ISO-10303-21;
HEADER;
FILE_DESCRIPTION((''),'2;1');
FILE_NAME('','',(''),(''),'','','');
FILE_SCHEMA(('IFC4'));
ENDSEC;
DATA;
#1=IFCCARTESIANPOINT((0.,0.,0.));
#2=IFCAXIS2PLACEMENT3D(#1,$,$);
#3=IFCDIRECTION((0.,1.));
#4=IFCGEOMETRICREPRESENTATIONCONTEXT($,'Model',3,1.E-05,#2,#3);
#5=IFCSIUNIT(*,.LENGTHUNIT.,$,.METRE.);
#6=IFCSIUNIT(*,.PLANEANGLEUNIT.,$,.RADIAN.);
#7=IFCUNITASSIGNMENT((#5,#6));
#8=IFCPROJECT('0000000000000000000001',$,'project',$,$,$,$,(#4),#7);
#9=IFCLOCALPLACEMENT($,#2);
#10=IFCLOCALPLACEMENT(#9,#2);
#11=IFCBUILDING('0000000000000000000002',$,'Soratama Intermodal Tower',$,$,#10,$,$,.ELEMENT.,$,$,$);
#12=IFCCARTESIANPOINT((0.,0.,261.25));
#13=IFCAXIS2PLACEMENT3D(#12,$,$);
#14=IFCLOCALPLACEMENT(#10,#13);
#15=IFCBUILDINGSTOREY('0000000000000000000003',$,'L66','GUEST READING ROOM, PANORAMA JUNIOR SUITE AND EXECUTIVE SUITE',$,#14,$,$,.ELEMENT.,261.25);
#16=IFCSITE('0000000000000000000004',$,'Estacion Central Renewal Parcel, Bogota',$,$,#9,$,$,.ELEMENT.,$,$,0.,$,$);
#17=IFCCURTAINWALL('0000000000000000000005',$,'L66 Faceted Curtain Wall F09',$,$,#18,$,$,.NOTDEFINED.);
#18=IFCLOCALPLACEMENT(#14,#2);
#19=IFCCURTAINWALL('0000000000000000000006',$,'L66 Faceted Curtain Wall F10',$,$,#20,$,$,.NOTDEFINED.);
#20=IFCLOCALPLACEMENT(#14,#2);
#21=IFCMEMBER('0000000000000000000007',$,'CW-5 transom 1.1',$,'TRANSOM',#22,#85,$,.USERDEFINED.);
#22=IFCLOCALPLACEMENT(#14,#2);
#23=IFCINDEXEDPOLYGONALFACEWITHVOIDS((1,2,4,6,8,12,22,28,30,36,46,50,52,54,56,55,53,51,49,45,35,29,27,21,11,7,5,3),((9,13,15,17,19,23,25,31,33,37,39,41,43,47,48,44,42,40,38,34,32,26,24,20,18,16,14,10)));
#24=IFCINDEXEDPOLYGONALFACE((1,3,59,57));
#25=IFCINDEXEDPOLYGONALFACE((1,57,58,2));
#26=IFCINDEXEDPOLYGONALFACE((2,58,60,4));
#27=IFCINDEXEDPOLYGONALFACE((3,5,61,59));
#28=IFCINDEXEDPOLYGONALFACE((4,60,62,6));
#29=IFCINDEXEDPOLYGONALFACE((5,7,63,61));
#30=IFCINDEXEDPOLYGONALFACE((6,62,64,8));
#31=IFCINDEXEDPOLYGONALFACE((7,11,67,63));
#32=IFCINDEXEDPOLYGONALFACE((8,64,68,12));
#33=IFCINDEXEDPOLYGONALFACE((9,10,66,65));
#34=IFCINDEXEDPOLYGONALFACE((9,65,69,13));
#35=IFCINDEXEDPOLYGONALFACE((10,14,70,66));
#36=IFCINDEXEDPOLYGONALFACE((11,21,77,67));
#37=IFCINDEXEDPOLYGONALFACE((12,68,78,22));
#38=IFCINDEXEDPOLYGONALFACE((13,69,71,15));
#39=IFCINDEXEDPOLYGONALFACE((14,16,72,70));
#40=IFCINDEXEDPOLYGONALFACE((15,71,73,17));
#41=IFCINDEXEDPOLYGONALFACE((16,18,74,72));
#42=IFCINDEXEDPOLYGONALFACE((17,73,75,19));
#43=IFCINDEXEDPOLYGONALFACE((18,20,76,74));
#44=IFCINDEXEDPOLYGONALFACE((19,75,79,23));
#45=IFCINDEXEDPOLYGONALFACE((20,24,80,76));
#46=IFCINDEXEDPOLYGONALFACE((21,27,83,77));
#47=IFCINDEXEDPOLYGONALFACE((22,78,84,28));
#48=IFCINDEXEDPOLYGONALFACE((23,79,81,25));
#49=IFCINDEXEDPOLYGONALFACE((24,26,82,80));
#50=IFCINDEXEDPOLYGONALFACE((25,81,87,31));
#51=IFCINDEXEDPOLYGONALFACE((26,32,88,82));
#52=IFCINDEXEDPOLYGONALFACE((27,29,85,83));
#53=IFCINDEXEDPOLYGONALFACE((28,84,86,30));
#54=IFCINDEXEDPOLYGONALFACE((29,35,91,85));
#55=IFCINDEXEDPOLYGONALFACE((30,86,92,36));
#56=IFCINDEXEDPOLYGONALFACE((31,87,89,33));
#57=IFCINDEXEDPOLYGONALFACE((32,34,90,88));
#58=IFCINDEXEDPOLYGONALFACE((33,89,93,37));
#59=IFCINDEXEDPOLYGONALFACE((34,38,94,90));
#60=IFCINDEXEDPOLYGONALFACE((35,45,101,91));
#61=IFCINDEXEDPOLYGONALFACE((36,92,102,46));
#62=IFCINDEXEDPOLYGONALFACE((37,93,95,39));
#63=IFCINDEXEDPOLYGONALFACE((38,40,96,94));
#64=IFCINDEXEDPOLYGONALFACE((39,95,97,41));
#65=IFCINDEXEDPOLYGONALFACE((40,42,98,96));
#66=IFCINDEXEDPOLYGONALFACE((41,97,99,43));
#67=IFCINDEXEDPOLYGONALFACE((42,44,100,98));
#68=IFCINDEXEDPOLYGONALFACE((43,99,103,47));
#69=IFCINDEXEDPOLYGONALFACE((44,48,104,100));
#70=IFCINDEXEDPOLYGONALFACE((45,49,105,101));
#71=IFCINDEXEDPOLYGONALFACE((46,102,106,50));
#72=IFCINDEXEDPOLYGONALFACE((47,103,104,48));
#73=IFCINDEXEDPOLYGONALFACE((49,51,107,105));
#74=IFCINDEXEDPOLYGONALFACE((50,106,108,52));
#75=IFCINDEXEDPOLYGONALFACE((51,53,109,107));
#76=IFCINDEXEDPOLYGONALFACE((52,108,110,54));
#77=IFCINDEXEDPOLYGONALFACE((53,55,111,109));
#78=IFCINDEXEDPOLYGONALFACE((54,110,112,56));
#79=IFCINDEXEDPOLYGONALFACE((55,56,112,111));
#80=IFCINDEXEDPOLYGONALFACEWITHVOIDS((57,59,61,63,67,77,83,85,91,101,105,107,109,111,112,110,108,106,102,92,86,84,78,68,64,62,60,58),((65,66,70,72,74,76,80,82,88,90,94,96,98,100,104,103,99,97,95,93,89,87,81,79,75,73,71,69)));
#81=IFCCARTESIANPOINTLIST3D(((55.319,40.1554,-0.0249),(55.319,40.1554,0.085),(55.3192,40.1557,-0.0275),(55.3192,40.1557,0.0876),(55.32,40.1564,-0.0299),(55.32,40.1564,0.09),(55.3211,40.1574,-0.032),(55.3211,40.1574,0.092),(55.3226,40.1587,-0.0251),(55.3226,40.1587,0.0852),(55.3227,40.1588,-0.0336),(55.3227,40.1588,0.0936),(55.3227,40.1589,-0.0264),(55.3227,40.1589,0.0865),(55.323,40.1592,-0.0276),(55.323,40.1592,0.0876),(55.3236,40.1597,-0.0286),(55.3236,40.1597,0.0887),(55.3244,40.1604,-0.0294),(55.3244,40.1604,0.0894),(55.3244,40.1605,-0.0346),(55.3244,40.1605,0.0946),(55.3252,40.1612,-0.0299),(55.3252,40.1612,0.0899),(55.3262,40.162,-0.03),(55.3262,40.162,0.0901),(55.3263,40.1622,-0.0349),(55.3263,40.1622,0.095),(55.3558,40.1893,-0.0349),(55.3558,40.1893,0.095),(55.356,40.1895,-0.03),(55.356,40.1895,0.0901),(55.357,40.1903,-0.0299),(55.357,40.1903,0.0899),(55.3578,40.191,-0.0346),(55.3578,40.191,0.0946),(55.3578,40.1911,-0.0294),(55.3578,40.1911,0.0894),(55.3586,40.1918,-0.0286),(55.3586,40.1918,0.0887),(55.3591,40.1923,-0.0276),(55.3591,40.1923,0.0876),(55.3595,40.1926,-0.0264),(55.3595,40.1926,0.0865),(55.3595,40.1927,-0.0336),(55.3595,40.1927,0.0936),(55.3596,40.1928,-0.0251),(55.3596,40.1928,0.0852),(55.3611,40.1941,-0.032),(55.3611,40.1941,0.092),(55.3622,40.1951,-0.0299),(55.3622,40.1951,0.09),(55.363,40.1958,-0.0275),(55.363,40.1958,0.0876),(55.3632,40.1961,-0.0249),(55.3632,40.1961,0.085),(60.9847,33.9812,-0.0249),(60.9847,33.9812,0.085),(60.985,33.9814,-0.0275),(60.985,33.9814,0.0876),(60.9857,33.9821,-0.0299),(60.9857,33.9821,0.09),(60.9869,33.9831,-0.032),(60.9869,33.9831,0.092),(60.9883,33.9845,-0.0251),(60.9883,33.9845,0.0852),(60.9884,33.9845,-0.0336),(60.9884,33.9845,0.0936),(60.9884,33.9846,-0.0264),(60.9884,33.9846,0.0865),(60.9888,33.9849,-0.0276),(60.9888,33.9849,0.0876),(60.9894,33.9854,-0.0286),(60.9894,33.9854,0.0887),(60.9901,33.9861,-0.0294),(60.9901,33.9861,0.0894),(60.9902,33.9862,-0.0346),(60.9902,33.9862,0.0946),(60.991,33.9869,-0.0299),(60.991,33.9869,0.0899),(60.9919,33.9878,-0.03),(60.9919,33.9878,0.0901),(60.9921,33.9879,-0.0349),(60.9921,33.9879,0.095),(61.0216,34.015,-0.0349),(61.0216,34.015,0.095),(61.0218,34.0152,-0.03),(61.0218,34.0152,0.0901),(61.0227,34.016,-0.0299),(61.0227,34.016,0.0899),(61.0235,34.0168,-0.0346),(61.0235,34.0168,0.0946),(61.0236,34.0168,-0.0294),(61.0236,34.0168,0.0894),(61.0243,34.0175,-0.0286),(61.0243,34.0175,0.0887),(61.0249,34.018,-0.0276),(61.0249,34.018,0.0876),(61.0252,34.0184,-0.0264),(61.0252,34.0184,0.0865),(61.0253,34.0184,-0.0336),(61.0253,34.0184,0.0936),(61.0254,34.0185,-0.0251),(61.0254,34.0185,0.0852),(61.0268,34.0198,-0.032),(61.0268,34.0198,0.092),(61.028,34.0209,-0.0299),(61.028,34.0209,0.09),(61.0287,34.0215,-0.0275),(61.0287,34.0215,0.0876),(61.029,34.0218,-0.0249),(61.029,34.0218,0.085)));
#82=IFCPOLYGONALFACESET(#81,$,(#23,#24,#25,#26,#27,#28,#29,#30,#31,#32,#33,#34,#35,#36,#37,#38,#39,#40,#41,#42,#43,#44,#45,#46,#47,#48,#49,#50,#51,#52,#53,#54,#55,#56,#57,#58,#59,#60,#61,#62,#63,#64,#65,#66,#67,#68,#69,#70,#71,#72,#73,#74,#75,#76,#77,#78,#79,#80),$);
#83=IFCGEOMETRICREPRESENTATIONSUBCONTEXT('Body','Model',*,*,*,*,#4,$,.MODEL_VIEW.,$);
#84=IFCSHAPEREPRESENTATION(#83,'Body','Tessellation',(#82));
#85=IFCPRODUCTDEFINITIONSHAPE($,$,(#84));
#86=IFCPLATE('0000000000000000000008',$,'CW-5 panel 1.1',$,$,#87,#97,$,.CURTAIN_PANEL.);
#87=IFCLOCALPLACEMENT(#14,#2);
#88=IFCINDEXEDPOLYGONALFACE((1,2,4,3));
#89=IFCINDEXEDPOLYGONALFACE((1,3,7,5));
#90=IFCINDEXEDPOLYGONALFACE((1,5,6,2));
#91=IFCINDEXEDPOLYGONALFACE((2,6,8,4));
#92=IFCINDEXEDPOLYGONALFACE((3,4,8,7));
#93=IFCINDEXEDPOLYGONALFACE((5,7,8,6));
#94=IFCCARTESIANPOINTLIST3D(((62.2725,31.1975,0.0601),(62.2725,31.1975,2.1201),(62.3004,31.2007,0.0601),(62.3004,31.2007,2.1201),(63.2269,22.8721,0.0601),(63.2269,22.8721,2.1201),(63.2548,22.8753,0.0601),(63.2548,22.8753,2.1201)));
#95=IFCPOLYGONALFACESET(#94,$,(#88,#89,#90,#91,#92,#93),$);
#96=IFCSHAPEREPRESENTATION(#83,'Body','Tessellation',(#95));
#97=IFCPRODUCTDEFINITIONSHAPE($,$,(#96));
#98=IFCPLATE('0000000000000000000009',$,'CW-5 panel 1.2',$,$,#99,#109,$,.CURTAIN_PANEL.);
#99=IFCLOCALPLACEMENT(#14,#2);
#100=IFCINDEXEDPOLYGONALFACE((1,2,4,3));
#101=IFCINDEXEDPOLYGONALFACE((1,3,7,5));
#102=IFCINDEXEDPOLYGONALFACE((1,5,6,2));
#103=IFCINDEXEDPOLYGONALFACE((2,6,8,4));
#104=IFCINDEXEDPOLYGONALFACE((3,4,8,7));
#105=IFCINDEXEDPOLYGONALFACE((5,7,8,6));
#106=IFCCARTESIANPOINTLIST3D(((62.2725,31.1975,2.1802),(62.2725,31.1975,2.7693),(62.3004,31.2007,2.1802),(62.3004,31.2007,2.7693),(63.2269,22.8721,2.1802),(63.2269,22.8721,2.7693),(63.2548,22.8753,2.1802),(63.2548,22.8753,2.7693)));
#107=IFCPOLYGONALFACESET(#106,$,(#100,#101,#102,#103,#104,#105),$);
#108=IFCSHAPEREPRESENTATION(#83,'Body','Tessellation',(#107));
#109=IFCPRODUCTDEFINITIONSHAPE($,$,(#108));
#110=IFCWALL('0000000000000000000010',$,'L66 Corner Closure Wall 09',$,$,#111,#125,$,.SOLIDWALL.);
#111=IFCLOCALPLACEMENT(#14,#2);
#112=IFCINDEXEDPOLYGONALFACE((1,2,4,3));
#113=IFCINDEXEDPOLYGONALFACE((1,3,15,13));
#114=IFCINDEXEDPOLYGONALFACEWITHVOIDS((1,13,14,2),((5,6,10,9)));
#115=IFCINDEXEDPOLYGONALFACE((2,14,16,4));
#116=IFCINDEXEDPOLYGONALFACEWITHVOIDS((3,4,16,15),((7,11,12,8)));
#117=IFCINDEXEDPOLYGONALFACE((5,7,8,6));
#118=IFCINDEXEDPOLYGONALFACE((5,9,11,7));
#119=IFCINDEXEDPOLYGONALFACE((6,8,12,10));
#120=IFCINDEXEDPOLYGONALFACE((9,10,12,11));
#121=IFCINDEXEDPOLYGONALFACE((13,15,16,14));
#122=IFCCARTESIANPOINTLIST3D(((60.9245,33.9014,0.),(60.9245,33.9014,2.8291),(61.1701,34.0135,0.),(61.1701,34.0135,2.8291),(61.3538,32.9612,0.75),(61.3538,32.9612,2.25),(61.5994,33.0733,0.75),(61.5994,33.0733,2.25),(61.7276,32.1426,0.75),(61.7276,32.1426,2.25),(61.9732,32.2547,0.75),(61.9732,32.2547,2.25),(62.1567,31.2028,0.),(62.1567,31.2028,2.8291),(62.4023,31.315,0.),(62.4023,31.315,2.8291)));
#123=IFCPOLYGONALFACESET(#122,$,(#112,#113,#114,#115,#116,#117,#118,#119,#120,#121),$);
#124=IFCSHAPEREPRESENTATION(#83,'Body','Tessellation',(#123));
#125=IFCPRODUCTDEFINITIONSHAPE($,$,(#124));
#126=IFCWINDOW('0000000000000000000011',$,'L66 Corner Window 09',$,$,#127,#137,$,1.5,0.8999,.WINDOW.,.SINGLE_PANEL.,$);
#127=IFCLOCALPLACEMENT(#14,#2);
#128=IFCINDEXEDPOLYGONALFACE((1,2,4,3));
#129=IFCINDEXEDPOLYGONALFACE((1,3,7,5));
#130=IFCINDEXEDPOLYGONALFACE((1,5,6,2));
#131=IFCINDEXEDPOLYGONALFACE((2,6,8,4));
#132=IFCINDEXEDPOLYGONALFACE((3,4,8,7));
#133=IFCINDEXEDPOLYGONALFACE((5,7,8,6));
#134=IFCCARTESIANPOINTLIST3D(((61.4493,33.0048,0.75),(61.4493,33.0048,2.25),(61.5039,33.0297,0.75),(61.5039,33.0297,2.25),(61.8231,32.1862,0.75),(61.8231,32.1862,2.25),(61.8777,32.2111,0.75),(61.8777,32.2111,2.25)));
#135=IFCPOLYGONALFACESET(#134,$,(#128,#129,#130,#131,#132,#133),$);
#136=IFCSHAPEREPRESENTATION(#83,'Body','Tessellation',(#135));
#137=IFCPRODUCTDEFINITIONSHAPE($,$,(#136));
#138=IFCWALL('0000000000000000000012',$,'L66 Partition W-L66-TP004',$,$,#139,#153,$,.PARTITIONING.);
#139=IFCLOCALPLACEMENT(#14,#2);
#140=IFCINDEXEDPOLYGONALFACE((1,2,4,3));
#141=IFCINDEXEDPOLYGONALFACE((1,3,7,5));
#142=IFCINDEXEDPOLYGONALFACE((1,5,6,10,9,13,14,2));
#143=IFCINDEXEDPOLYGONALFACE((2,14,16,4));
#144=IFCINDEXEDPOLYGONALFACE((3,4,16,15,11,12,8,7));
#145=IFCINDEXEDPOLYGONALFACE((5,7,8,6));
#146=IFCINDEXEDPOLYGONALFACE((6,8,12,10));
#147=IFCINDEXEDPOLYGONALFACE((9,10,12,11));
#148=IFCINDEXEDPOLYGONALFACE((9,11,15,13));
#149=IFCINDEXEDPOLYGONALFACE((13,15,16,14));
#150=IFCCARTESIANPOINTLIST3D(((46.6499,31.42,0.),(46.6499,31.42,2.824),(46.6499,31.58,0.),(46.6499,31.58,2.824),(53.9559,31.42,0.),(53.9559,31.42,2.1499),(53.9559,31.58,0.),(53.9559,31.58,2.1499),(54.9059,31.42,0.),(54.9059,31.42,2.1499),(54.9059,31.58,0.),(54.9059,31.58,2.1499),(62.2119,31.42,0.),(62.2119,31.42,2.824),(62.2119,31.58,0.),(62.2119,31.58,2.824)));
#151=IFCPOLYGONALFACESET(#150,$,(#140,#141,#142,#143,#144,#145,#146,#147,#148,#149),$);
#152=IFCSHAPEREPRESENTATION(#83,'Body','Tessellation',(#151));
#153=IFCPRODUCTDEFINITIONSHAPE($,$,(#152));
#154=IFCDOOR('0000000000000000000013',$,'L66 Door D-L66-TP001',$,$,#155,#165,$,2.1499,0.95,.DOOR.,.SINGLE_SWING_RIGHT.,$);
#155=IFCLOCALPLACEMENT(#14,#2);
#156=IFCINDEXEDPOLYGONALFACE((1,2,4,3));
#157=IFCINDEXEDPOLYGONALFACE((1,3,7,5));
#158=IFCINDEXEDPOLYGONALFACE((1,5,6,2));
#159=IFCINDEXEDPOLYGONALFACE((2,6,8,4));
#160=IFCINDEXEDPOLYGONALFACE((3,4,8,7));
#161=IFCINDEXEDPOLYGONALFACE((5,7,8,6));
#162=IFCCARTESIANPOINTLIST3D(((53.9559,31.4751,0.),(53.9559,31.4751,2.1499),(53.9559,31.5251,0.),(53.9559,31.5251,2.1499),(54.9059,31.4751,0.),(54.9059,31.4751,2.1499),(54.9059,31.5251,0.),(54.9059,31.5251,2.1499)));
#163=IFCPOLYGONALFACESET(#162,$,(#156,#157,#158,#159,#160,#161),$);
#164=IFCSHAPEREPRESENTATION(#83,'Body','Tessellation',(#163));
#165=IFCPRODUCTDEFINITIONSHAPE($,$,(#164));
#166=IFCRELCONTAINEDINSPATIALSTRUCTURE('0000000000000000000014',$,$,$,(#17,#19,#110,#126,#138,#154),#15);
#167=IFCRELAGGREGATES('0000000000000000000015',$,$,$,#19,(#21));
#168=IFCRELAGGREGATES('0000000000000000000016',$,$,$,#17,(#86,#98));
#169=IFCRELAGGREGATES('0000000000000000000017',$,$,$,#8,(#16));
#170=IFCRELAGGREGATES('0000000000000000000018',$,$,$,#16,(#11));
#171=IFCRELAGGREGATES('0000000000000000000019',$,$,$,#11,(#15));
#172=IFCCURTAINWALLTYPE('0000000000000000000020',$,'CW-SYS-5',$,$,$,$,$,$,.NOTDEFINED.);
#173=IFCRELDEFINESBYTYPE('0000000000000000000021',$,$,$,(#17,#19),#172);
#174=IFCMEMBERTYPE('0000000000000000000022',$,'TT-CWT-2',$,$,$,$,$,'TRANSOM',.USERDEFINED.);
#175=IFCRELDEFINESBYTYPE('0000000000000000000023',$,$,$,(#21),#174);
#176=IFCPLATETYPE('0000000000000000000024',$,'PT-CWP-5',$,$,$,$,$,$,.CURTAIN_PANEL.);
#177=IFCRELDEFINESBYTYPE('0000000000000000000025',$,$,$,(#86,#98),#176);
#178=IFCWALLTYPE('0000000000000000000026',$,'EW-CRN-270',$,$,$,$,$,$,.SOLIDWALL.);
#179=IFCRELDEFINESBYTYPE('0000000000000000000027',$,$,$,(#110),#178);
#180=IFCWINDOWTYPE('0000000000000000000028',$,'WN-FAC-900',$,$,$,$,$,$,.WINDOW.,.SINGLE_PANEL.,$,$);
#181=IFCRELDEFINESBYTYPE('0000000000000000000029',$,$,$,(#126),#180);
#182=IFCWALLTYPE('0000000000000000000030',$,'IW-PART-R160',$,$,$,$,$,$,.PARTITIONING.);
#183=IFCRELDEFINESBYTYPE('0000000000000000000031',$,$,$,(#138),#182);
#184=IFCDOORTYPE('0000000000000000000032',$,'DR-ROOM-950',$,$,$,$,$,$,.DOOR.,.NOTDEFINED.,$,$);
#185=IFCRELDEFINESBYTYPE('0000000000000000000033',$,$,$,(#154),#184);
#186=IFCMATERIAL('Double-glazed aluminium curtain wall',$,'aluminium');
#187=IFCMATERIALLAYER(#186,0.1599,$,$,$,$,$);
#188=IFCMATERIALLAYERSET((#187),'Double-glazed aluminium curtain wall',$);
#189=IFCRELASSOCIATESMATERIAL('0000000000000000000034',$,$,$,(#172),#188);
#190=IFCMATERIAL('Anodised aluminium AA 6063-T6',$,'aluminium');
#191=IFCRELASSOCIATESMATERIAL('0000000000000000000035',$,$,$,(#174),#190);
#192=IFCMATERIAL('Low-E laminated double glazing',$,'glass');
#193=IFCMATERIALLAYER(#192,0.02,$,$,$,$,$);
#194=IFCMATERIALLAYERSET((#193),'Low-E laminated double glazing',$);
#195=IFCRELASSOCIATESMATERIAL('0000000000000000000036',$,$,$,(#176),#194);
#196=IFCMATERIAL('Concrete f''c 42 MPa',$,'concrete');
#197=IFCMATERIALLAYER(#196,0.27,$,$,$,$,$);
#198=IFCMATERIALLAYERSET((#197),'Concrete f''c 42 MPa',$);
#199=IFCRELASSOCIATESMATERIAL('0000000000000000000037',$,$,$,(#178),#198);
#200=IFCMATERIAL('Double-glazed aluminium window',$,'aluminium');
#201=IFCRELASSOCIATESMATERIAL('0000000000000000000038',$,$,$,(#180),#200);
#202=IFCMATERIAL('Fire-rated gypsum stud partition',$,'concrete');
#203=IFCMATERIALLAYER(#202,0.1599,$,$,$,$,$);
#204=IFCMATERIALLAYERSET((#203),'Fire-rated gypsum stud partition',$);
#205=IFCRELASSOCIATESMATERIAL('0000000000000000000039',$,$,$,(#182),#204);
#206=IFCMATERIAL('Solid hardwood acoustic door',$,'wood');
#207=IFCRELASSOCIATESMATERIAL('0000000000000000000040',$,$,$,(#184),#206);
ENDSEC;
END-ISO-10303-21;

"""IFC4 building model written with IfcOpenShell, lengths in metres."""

from ifc_helpers import new_model, si_unit, direction, frame, frame_2d, origin, origin_2d, place, context, subcontext, project, spatial, rectangle, hollow_rectangle, extrude, material, layer, layer_set, material_profile, profile_set, type_object, element, fill, aggregate, save


model = new_model("IFC4")

# Units and contexts
model_context = context("Model", 3, precision=1e-05, world=origin(), true_north=direction((0.0, 1.0)))
body_context = subcontext(model_context, "Body", "Model", "MODEL_VIEW")
ifc_project = project(units=[si_unit("LENGTHUNIT", "METRE"), si_unit("PLANEANGLEUNIT", "RADIAN")], contexts=[model_context])

# Site, building, storey
site_placement = place(None, origin())
site = spatial("IfcSite", under=ifc_project, at=site_placement, Name="Estacion Central Renewal Parcel, Bogota", CompositionType="ELEMENT", RefElevation=0.0)
building_placement = place(site_placement, origin())
building = spatial("IfcBuilding", under=site, at=building_placement, Name="Soratama Intermodal Tower", CompositionType="ELEMENT")
storey_placement = place(building_placement, frame((0.0, 0.0, 261.25)))
storey = spatial("IfcBuildingStorey", under=building, at=storey_placement, Name="L66", Description="GUEST READING ROOM, PANORAMA JUNIOR SUITE AND EXECUTIVE SUITE", CompositionType="ELEMENT", Elevation=261.25)

# Curtain wall
ifc_material_1 = material(Name="Double-glazed aluminium curtain wall", Category="aluminium")
ifc_layer_1 = layer(ifc_material_1, 0.1599)
ifc_layer_set_1 = layer_set([ifc_layer_1], Name="Double-glazed aluminium curtain wall")
curtain_wall_type = type_object("IfcCurtainWallType", Name="CW-SYS-5", PredefinedType="NOTDEFINED", material=ifc_layer_set_1)
curtain_wall_1_placement = place(storey_placement, origin())
curtain_wall_1 = element("IfcCurtainWall", 1, at=curtain_wall_1_placement, inside=storey, type_object=curtain_wall_type, Name="L66 Faceted Curtain Wall F09", PredefinedType="NOTDEFINED")

# Curtain wall, member
curtain_wall_2_placement = place(storey_placement, origin())
curtain_wall_2 = element("IfcCurtainWall", 2, at=curtain_wall_2_placement, inside=storey, type_object=curtain_wall_type, Name="L66 Faceted Curtain Wall F10", PredefinedType="NOTDEFINED")
ifc_material_2 = material(Name="Anodised aluminium AA 6063-T6", Category="aluminium")
ifc_material_profile_1 = material_profile(ifc_material_2, hollow_rectangle(XDim=0.0601, YDim=0.1299, WallThickness=0.0049, InnerFilletRadius=0.0049, OuterFilletRadius=0.01, at=origin_2d()), Name="CWT130X60X5")
ifc_profile_set_1 = profile_set([ifc_material_profile_1], Name="Anodised aluminium AA 6063-T6")
member_type_1 = type_object("IfcMemberType", Name="TT-CWT-2", ElementType="TRANSOM", PredefinedType="USERDEFINED", material=ifc_profile_set_1)
member_1_placement = place(storey_placement, frame((61.0068, 34.0015, 0.03), z_axis=(-0.676112, 0.736798, 0.0), x_axis=(-0.736798, -0.676112, 0.0)))
member_1 = element("IfcMember", 3, at=member_1_placement, type_object=member_type_1, Name="CW-5 transom 1.1", ObjectType="TRANSOM", PredefinedType="USERDEFINED", context=body_context, shape_type="SweptSolid", body=[
    extrude(hollow_rectangle(XDim=0.0601, YDim=0.1299, WallThickness=0.0049, InnerFilletRadius=0.0049, OuterFilletRadius=0.01, at=origin_2d()), origin(), (0.0, 0.0, 1.0), 8.3799),
])
aggregate(curtain_wall_2, [member_1])

# Plates
ifc_material_3 = material(Name="Low-E laminated double glazing", Category="glass")
ifc_layer_2 = layer(ifc_material_3, 0.02)
ifc_layer_set_2 = layer_set([ifc_layer_2], Name="Low-E laminated double glazing")
plate_type = type_object("IfcPlateType", Name="PT-CWP-5", PredefinedType="CURTAIN_PANEL", material=ifc_layer_set_2)
plate_1_placement = place(storey_placement, frame((62.7637, 27.0364, 0.0601), z_axis=(0.0, 0.0, 1.0), x_axis=(-0.113897, 0.993493, 0.0)))
plate_1 = element("IfcPlate", 4, at=plate_1_placement, type_object=plate_type, Name="CW-5 panel 1.1", PredefinedType="CURTAIN_PANEL", context=body_context, shape_type="SweptSolid", body=[
    extrude(rectangle(XDim=8.3799, YDim=0.0281, at=origin_2d()), origin(), (0.0, 0.0, 1.0), 2.0601),
])
plate_2_placement = place(storey_placement, frame((62.7637, 27.0364, 2.1802), z_axis=(0.0, 0.0, 1.0), x_axis=(-0.113897, 0.993493, 0.0)))
plate_2 = element("IfcPlate", 5, at=plate_2_placement, type_object=plate_type, Name="CW-5 panel 1.2", PredefinedType="CURTAIN_PANEL", context=body_context, shape_type="SweptSolid", body=[
    extrude(rectangle(XDim=8.3799, YDim=0.0281, at=origin_2d()), origin(), (0.0, 0.0, 1.0), 0.5891),
])
aggregate(curtain_wall_1, [plate_1, plate_2])

# Wall, opening, window
ifc_material_4 = material(Name="Concrete f'c 42 MPa", Category="concrete")
ifc_layer_3 = layer(ifc_material_4, 0.27)
ifc_layer_set_3 = layer_set([ifc_layer_3], Name="Concrete f'c 42 MPa")
wall_type_1 = type_object("IfcWallType", Name="EW-CRN-270", PredefinedType="SOLIDWALL", material=ifc_layer_set_3)
wall_1_placement = place(storey_placement, frame((62.2795, 31.2588, 0.0), z_axis=(0.0, 0.0, 1.0), x_axis=(-0.415365, 0.909655, 0.0)))
wall_1 = element("IfcWall", 6, at=wall_1_placement, inside=storey, type_object=wall_type_1, Name="L66 Corner Closure Wall 09", PredefinedType="SOLIDWALL", context=body_context, shape_type="SweptSolid", body=[
    extrude(rectangle(XDim=2.9666, YDim=0.27, at=frame_2d((1.4834, 0.0))), origin(), (0.0, 0.0, 1.0), 2.8291),
])
opening_1_placement = place(wall_1_placement, frame((1.0332, 0.0, 0.75)))
opening_1 = element("IfcOpeningElement", 7, at=opening_1_placement, cuts=wall_1, PredefinedType="OPENING", context=body_context, shape_type="SweptSolid", body=[
    extrude(rectangle(XDim=0.8999, YDim=1.5, at=frame_2d((0.45, 0.75))), frame((0.0, 0.145, 0.0), z_axis=(0.0, -1.0, 0.0), x_axis=(1.0, 0.0, 0.0)), (0.0, 0.0, 1.0), 0.29),
])
ifc_material_5 = material(Name="Double-glazed aluminium window", Category="aluminium")
window_type = type_object("IfcWindowType", Name="WN-FAC-900", PartitioningType="SINGLE_PANEL", PredefinedType="WINDOW", material=ifc_material_5)
window_placement = place(opening_1_placement, origin())
window = element("IfcWindow", 8, at=window_placement, inside=storey, type_object=window_type, Name="L66 Corner Window 09", OverallHeight=1.5, OverallWidth=0.8999, PartitioningType="SINGLE_PANEL", PredefinedType="WINDOW", context=body_context, shape_type="SweptSolid", body=[
    extrude(rectangle(XDim=0.8999, YDim=1.5, at=frame_2d((0.45, 0.75))), frame((0.0, 0.03, 0.0), z_axis=(0.0, -1.0, 0.0), x_axis=(1.0, 0.0, 0.0)), (0.0, 0.0, 1.0), 0.0601),
])
fill(opening_1, window)

# Wall, opening, door
ifc_material_6 = material(Name="Fire-rated gypsum stud partition", Category="concrete")
ifc_layer_4 = layer(ifc_material_6, 0.1599)
ifc_layer_set_4 = layer_set([ifc_layer_4], Name="Fire-rated gypsum stud partition")
wall_type_2 = type_object("IfcWallType", Name="IW-PART-R160", PredefinedType="PARTITIONING", material=ifc_layer_set_4)
wall_2_placement = place(storey_placement, frame((62.2119, 31.5, 0.0), z_axis=(0.0, 0.0, 1.0), x_axis=(-1.0, 0.0, 0.0)))
wall_2 = element("IfcWall", 9, at=wall_2_placement, inside=storey, type_object=wall_type_2, Name="L66 Partition W-L66-TP004", PredefinedType="PARTITIONING", context=body_context, shape_type="SweptSolid", body=[
    extrude(rectangle(XDim=15.562, YDim=0.1599, at=frame_2d((7.781, 0.0))), origin(), (0.0, 0.0, 1.0), 2.824),
])
opening_2_placement = place(wall_2_placement, frame((7.3059, 0.0, 0.0)))
opening_2 = element("IfcOpeningElement", 10, at=opening_2_placement, cuts=wall_2, PredefinedType="OPENING", context=body_context, shape_type="SweptSolid", body=[
    extrude(rectangle(XDim=0.95, YDim=2.1499, at=frame_2d((0.4751, 1.075))), frame((0.0, 0.0898, 0.0), z_axis=(0.0, -1.0, 0.0), x_axis=(1.0, 0.0, 0.0)), (0.0, 0.0, 1.0), 0.1799),
])
ifc_material_7 = material(Name="Solid hardwood acoustic door", Category="wood")
door_type = type_object("IfcDoorType", Name="DR-ROOM-950", OperationType="NOTDEFINED", PredefinedType="DOOR", material=ifc_material_7)
door_1_placement = place(opening_2_placement, origin())
door_1 = element("IfcDoor", 11, at=door_1_placement, inside=storey, type_object=door_type, Name="L66 Door D-L66-TP001", OperationType="SINGLE_SWING_RIGHT", OverallHeight=2.1499, OverallWidth=0.95, PredefinedType="DOOR", context=body_context, shape_type="SweptSolid", body=[
    extrude(rectangle(XDim=0.95, YDim=2.1499, at=frame_2d((0.4751, 1.075))), frame((0.0, 0.0249, 0.0), z_axis=(0.0, -1.0, 0.0), x_axis=(1.0, 0.0, 0.0)), (0.0, 0.0, 1.0), 0.05),
])
fill(opening_2, door_1)

save(model, "model.ifc")
